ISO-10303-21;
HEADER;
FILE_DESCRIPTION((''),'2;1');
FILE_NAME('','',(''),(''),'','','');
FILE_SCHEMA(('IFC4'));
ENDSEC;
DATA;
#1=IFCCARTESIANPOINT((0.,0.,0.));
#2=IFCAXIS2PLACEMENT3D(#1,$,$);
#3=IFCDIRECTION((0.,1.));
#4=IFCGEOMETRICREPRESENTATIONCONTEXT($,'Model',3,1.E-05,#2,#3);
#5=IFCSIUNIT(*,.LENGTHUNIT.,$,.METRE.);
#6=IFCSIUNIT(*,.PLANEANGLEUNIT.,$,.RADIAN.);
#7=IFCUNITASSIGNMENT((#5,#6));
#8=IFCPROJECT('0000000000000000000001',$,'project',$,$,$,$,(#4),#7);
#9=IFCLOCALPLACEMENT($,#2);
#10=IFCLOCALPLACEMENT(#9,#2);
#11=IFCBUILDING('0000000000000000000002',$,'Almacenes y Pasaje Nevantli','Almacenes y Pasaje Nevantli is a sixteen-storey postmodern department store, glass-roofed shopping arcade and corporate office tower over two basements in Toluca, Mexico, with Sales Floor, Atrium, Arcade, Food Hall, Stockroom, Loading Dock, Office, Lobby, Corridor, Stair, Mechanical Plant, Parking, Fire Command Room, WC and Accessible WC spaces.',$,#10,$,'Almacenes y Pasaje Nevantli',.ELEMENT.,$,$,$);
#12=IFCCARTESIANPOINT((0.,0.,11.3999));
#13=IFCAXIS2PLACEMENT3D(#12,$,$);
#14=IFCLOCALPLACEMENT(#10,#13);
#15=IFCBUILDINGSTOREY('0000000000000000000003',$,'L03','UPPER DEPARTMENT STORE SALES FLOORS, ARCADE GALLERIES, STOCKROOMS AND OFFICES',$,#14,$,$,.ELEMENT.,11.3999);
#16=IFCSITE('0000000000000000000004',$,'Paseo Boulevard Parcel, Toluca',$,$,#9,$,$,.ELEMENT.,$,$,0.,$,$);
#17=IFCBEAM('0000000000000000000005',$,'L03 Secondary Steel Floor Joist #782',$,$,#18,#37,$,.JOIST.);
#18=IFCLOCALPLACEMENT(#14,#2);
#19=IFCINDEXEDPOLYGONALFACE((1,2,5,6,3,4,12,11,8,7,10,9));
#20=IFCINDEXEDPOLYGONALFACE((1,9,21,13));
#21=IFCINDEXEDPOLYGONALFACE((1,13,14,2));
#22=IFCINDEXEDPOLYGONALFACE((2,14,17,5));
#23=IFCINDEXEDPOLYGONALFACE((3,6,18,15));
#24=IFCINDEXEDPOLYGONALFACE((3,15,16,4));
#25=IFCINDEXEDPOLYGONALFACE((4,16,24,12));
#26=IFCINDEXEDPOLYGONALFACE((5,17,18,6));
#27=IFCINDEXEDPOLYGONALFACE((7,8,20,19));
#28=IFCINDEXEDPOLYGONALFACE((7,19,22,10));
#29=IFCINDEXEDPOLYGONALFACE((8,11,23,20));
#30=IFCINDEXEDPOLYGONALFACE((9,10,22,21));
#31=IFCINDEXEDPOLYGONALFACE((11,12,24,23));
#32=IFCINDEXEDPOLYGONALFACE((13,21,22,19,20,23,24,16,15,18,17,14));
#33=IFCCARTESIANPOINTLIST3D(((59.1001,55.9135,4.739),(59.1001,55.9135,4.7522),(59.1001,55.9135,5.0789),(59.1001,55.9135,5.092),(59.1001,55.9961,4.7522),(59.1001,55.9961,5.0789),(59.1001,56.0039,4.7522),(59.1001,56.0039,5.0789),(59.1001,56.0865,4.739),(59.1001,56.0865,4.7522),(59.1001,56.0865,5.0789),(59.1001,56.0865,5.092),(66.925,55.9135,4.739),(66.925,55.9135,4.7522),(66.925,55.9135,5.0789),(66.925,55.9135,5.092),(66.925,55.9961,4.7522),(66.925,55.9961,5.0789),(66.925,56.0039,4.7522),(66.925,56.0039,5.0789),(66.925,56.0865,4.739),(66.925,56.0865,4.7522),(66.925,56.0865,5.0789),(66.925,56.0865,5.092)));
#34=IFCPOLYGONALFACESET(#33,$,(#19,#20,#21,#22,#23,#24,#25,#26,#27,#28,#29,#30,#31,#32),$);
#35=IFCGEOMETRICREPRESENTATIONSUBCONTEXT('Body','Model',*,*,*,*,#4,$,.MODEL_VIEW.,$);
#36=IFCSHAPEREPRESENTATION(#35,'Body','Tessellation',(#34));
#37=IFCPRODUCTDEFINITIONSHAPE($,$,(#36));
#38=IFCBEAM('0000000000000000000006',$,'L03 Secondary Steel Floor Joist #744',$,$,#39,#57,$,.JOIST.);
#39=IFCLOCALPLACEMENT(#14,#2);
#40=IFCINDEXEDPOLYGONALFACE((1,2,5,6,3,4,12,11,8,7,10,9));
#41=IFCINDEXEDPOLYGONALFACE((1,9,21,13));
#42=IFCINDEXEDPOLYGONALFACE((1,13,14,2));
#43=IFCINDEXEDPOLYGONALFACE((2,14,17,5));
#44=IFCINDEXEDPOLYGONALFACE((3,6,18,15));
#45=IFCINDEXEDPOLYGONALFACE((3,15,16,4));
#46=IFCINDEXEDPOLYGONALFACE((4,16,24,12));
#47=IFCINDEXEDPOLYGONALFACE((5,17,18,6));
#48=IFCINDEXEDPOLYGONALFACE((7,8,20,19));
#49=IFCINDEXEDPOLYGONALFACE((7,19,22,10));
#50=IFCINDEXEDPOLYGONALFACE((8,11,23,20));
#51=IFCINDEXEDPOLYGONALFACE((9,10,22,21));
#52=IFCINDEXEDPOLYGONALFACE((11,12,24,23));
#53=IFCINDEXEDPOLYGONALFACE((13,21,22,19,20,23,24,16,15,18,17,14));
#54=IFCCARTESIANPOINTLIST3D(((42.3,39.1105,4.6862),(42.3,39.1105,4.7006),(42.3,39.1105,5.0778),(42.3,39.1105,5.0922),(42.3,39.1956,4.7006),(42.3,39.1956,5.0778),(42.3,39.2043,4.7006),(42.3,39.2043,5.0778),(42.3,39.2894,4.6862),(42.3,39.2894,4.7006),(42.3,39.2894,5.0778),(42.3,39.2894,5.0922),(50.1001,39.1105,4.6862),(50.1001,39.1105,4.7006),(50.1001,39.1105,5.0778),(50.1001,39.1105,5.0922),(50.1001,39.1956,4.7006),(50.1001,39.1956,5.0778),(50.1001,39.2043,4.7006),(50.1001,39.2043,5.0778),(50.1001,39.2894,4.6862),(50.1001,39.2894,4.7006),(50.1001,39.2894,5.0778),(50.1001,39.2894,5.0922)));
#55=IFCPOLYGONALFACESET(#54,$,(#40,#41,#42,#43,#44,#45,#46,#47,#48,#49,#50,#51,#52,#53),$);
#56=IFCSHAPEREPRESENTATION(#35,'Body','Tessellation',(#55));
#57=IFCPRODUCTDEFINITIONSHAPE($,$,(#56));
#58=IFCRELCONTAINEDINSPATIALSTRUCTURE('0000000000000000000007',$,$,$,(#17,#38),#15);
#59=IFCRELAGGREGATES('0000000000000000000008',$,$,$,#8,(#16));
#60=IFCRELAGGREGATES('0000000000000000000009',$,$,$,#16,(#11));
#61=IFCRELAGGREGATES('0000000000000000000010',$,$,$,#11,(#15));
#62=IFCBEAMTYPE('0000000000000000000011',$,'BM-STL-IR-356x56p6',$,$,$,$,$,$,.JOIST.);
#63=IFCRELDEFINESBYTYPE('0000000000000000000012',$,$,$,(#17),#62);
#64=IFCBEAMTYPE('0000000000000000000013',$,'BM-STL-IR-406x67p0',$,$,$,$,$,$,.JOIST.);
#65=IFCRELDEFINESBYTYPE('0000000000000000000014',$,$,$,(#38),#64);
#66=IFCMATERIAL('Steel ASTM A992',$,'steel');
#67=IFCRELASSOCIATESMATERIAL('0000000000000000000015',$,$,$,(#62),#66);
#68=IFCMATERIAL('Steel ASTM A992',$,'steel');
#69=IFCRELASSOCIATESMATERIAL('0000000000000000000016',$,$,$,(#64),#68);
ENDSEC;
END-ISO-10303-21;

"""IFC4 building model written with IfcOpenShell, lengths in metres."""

from ifc_helpers import new_model, si_unit, direction, frame, origin, origin_2d, place, context, subcontext, project, spatial, i_section, extrude, material, material_profile, profile_set, type_object, element, save


model = new_model("IFC4")

# Units and contexts
model_context = context("Model", 3, precision=1e-05, world=origin(), true_north=direction((0.0, 1.0)))
body_context = subcontext(model_context, "Body", "Model", "MODEL_VIEW")
ifc_project = project(units=[si_unit("LENGTHUNIT", "METRE"), si_unit("PLANEANGLEUNIT", "RADIAN")], contexts=[model_context])

# Site, building, storey
site_placement = place(None, origin())
site = spatial("IfcSite", under=ifc_project, at=site_placement, Name="Paseo Boulevard Parcel, Toluca", CompositionType="ELEMENT", RefElevation=0.0)
building_placement = place(site_placement, origin())
building = spatial("IfcBuilding", under=site, at=building_placement, Name="Almacenes y Pasaje Nevantli", Description="Almacenes y Pasaje Nevantli is a sixteen-storey postmodern department store, glass-roofed shopping arcade and corporate office tower over two basements in Toluca, Mexico, with Sales Floor, Atrium, Arcade, Food Hall, Stockroom, Loading Dock, Office, Lobby, Corridor, Stair, Mechanical Plant, Parking, Fire Command Room, WC and Accessible WC spaces.", LongName="Almacenes y Pasaje Nevantli", CompositionType="ELEMENT")
storey_placement = place(building_placement, frame((0.0, 0.0, 11.3999)))
storey = spatial("IfcBuildingStorey", under=building, at=storey_placement, Name="L03", Description="UPPER DEPARTMENT STORE SALES FLOORS, ARCADE GALLERIES, STOCKROOMS AND OFFICES", CompositionType="ELEMENT", Elevation=11.3999)

# Beams
ifc_material_1 = material(Name="Steel ASTM A992", Category="steel")
ifc_material_profile_1 = material_profile(ifc_material_1, i_section(OverallWidth=0.1731, OverallDepth=0.353, WebThickness=0.0078, FlangeThickness=0.0132, at=origin_2d()), Name="IR 356x56.6")
ifc_profile_set_1 = profile_set([ifc_material_profile_1], Name="Steel ASTM A992")
beam_type_1 = type_object("IfcBeamType", Name="BM-STL-IR-356x56p6", PredefinedType="JOIST", material=ifc_profile_set_1)
for number, where, z_axis, x_axis, name in (
    (1, (59.1001, 56.0, 4.9155), (1.0, 0.0, 0.0), (0.0, 1.0, 0.0), "L03 Secondary Steel Floor Joist #782"),
):
    element("IfcBeam", number, at=place(storey_placement, frame(where, z_axis=z_axis, x_axis=x_axis)), inside=storey, type_object=beam_type_1, Name=name, PredefinedType="JOIST", context=body_context, shape_type="SweptSolid", body=[
        extrude(i_section(OverallWidth=0.1731, OverallDepth=0.353, WebThickness=0.0078, FlangeThickness=0.0132, at=origin_2d()), origin(), (0.0, 0.0, 1.0), 7.825),
    ])
ifc_material_2 = material(Name="Steel ASTM A992", Category="steel")
ifc_material_profile_2 = material_profile(ifc_material_2, i_section(OverallWidth=0.179, OverallDepth=0.406, WebThickness=0.0088, FlangeThickness=0.0144, at=origin_2d()), Name="IR 406x67.0")
ifc_profile_set_2 = profile_set([ifc_material_profile_2], Name="Steel ASTM A992")
beam_type_2 = type_object("IfcBeamType", Name="BM-STL-IR-406x67p0", PredefinedType="JOIST", material=ifc_profile_set_2)
beam_1_placement = place(storey_placement, frame((42.3, 39.2, 4.8892), z_axis=(1.0, 0.0, 0.0), x_axis=(0.0, 1.0, 0.0)))
element("IfcBeam", 2, at=beam_1_placement, inside=storey, type_object=beam_type_2, Name="L03 Secondary Steel Floor Joist #744", PredefinedType="JOIST", context=body_context, shape_type="SweptSolid", body=[
    extrude(i_section(OverallWidth=0.179, OverallDepth=0.406, WebThickness=0.0088, FlangeThickness=0.0144, at=origin_2d()), origin(), (0.0, 0.0, 1.0), 7.8),
])

save(model, "model.ifc")
